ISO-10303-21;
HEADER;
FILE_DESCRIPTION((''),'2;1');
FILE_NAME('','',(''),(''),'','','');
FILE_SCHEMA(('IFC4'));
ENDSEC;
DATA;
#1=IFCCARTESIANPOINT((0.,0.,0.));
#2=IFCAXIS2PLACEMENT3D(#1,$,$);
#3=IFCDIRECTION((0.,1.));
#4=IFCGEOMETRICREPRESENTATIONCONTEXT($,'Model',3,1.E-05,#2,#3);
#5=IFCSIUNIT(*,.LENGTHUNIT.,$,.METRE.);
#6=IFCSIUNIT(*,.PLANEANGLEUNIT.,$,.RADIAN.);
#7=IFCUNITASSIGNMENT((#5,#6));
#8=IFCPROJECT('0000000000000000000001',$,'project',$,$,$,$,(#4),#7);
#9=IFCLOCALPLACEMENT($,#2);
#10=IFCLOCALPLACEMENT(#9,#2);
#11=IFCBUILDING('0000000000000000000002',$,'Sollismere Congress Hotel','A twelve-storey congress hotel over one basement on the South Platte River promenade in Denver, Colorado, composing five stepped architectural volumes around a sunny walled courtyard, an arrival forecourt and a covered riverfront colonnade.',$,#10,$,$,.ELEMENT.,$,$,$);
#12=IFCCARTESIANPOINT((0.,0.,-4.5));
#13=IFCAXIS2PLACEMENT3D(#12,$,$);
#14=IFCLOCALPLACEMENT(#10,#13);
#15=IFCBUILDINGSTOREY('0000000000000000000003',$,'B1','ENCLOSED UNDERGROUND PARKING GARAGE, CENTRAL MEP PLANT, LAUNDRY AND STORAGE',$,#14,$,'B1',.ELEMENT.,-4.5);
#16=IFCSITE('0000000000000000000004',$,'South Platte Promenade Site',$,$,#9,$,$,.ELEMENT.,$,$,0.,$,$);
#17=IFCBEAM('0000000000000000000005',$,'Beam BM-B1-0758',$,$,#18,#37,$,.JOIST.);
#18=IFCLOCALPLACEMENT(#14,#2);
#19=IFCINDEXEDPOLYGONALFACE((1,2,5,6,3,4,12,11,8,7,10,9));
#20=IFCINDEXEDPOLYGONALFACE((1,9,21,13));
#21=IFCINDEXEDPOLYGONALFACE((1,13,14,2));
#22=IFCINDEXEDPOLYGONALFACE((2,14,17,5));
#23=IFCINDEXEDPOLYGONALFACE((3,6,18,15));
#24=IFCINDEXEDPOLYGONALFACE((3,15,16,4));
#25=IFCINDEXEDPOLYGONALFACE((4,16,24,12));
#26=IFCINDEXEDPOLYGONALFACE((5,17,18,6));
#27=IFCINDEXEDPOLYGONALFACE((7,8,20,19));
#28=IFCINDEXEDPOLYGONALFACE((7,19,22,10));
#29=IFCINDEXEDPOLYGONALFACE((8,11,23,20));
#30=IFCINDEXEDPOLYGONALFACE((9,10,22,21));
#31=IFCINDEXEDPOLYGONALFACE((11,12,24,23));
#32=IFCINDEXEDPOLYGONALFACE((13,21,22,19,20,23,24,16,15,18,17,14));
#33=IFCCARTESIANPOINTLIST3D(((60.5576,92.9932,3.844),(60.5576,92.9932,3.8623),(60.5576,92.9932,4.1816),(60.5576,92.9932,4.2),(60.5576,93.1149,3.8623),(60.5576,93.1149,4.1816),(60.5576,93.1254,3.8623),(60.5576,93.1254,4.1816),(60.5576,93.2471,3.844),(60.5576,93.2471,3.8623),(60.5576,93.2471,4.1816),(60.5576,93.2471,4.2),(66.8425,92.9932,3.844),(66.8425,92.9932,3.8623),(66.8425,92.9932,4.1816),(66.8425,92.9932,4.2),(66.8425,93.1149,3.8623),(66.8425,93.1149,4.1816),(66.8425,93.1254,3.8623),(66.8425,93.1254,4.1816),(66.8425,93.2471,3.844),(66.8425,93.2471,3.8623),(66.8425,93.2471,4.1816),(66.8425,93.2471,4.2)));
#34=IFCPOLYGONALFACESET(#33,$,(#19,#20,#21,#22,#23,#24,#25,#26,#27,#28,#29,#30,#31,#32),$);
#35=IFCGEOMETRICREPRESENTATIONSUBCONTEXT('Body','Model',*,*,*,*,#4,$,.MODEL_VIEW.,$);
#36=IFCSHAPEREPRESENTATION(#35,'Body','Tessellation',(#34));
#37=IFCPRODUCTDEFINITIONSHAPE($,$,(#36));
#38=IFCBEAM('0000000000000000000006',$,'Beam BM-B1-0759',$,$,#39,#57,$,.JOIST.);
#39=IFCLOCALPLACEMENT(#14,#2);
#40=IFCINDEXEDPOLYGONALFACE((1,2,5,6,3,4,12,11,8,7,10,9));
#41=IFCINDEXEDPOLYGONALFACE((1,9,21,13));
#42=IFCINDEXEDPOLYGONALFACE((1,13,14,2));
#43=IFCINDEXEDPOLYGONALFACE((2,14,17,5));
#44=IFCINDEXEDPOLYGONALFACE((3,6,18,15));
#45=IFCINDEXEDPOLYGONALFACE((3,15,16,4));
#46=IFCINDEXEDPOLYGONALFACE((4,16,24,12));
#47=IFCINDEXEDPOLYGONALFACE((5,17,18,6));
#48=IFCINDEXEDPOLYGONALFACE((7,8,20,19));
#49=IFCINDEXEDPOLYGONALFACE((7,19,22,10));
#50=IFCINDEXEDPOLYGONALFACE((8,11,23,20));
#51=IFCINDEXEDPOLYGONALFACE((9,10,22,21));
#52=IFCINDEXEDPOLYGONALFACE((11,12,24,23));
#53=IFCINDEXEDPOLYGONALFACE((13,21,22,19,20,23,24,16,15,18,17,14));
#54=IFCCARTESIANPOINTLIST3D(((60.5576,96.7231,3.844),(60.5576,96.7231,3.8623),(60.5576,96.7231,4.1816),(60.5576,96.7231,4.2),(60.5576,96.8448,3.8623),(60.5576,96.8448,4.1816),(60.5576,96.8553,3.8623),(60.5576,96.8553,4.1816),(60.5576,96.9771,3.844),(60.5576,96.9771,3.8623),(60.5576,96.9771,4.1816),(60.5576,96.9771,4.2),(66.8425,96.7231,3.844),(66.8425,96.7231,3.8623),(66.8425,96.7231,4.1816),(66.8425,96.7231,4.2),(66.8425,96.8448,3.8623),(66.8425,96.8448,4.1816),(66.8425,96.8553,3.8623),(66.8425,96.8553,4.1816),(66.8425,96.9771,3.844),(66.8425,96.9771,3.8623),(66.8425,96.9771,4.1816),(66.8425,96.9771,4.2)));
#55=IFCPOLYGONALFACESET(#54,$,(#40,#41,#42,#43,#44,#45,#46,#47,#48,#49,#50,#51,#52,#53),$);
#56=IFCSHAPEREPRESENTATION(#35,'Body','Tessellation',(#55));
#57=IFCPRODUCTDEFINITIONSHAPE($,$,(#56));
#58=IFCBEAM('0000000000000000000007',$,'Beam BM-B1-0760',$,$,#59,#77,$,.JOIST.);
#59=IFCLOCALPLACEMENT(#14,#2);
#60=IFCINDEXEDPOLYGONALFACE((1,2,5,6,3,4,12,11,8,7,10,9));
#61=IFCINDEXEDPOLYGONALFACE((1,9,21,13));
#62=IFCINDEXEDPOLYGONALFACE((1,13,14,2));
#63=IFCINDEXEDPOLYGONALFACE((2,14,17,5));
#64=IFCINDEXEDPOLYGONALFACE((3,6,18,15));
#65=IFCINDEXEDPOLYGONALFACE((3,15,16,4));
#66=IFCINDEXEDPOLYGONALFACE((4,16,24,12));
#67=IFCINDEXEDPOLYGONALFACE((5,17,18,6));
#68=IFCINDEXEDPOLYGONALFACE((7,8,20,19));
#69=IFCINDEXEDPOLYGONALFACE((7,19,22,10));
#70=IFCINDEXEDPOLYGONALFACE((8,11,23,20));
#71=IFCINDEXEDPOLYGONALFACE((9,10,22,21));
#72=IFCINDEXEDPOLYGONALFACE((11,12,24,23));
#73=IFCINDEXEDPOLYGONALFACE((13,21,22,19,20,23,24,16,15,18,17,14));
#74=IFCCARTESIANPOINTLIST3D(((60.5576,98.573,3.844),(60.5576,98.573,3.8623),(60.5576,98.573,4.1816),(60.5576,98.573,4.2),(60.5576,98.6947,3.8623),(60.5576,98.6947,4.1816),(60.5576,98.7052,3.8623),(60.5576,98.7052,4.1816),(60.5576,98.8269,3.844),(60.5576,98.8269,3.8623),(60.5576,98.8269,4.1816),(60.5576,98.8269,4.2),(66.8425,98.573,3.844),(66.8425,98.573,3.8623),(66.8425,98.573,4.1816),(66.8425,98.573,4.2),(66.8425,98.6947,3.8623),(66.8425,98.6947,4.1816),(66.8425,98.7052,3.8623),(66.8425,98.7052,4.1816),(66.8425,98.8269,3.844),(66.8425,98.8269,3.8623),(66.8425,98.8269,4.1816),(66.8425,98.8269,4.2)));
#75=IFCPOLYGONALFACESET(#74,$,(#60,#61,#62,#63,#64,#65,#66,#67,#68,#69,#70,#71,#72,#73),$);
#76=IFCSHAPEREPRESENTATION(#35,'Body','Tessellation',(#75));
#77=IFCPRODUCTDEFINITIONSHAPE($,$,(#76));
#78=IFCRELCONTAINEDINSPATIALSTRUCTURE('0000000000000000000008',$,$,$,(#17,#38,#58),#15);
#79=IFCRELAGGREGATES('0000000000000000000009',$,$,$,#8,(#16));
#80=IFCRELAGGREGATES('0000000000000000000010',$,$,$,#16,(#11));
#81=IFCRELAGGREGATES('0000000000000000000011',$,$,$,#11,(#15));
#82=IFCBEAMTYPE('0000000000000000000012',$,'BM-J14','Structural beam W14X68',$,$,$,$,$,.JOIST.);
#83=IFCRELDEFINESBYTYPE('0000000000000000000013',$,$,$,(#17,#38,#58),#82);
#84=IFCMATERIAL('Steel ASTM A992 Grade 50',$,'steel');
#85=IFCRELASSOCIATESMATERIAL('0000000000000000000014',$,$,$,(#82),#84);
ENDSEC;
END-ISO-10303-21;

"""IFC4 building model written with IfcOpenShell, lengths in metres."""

from ifc_helpers import new_model, si_unit, direction, frame, origin, origin_2d, place, context, subcontext, project, spatial, i_section, extrude, material, material_profile, profile_set, type_object, element, save


model = new_model("IFC4")

# Units and contexts
model_context = context("Model", 3, precision=1e-05, world=origin(), true_north=direction((0.0, 1.0)))
body_context = subcontext(model_context, "Body", "Model", "MODEL_VIEW")
ifc_project = project(units=[si_unit("LENGTHUNIT", "METRE"), si_unit("PLANEANGLEUNIT", "RADIAN")], contexts=[model_context])

# Site, building, storey
site_placement = place(None, origin())
site = spatial("IfcSite", under=ifc_project, at=site_placement, Name="South Platte Promenade Site", CompositionType="ELEMENT", RefElevation=0.0)
building_placement = place(site_placement, origin())
building = spatial("IfcBuilding", under=site, at=building_placement, Name="Sollismere Congress Hotel", Description="A twelve-storey congress hotel over one basement on the South Platte River promenade in Denver, Colorado, composing five stepped architectural volumes around a sunny walled courtyard, an arrival forecourt and a covered riverfront colonnade.", CompositionType="ELEMENT")
storey_placement = place(building_placement, frame((0.0, 0.0, -4.5)))
storey = spatial("IfcBuildingStorey", under=building, at=storey_placement, Name="B1", Description="ENCLOSED UNDERGROUND PARKING GARAGE, CENTRAL MEP PLANT, LAUNDRY AND STORAGE", LongName="B1", CompositionType="ELEMENT", Elevation=-4.5)

# Beams
ifc_material_1 = material(Name="Steel ASTM A992 Grade 50", Category="steel")
ifc_material_profile_1 = material_profile(ifc_material_1, i_section(OverallWidth=0.2539, OverallDepth=0.356, WebThickness=0.0105, FlangeThickness=0.0183, at=origin_2d()), Name="W14X68")
ifc_profile_set_1 = profile_set([ifc_material_profile_1], Name="Steel ASTM A992 Grade 50")
beam_type_1 = type_object("IfcBeamType", Name="BM-J14", Description="Structural beam W14X68", PredefinedType="JOIST", material=ifc_profile_set_1)
for number, where, z_axis, x_axis, name in (
    (1, (60.5576, 93.1201, 4.022), (1.0, 0.0, 0.0), (0.0, 1.0, 0.0), "Beam BM-B1-0758"),
    (2, (60.5576, 96.8501, 4.022), (1.0, 0.0, 0.0), (0.0, 1.0, 0.0), "Beam BM-B1-0759"),
    (3, (60.5576, 98.7, 4.022), (1.0, 0.0, 0.0), (0.0, 1.0, 0.0), "Beam BM-B1-0760"),
):
    element("IfcBeam", number, at=place(storey_placement, frame(where, z_axis=z_axis, x_axis=x_axis)), inside=storey, type_object=beam_type_1, Name=name, PredefinedType="JOIST", context=body_context, shape_type="SweptSolid", body=[
        extrude(i_section(OverallWidth=0.2539, OverallDepth=0.356, WebThickness=0.0105, FlangeThickness=0.0183, at=origin_2d()), origin(), (0.0, 0.0, 1.0), 6.2849),
    ])

save(model, "model.ifc")
